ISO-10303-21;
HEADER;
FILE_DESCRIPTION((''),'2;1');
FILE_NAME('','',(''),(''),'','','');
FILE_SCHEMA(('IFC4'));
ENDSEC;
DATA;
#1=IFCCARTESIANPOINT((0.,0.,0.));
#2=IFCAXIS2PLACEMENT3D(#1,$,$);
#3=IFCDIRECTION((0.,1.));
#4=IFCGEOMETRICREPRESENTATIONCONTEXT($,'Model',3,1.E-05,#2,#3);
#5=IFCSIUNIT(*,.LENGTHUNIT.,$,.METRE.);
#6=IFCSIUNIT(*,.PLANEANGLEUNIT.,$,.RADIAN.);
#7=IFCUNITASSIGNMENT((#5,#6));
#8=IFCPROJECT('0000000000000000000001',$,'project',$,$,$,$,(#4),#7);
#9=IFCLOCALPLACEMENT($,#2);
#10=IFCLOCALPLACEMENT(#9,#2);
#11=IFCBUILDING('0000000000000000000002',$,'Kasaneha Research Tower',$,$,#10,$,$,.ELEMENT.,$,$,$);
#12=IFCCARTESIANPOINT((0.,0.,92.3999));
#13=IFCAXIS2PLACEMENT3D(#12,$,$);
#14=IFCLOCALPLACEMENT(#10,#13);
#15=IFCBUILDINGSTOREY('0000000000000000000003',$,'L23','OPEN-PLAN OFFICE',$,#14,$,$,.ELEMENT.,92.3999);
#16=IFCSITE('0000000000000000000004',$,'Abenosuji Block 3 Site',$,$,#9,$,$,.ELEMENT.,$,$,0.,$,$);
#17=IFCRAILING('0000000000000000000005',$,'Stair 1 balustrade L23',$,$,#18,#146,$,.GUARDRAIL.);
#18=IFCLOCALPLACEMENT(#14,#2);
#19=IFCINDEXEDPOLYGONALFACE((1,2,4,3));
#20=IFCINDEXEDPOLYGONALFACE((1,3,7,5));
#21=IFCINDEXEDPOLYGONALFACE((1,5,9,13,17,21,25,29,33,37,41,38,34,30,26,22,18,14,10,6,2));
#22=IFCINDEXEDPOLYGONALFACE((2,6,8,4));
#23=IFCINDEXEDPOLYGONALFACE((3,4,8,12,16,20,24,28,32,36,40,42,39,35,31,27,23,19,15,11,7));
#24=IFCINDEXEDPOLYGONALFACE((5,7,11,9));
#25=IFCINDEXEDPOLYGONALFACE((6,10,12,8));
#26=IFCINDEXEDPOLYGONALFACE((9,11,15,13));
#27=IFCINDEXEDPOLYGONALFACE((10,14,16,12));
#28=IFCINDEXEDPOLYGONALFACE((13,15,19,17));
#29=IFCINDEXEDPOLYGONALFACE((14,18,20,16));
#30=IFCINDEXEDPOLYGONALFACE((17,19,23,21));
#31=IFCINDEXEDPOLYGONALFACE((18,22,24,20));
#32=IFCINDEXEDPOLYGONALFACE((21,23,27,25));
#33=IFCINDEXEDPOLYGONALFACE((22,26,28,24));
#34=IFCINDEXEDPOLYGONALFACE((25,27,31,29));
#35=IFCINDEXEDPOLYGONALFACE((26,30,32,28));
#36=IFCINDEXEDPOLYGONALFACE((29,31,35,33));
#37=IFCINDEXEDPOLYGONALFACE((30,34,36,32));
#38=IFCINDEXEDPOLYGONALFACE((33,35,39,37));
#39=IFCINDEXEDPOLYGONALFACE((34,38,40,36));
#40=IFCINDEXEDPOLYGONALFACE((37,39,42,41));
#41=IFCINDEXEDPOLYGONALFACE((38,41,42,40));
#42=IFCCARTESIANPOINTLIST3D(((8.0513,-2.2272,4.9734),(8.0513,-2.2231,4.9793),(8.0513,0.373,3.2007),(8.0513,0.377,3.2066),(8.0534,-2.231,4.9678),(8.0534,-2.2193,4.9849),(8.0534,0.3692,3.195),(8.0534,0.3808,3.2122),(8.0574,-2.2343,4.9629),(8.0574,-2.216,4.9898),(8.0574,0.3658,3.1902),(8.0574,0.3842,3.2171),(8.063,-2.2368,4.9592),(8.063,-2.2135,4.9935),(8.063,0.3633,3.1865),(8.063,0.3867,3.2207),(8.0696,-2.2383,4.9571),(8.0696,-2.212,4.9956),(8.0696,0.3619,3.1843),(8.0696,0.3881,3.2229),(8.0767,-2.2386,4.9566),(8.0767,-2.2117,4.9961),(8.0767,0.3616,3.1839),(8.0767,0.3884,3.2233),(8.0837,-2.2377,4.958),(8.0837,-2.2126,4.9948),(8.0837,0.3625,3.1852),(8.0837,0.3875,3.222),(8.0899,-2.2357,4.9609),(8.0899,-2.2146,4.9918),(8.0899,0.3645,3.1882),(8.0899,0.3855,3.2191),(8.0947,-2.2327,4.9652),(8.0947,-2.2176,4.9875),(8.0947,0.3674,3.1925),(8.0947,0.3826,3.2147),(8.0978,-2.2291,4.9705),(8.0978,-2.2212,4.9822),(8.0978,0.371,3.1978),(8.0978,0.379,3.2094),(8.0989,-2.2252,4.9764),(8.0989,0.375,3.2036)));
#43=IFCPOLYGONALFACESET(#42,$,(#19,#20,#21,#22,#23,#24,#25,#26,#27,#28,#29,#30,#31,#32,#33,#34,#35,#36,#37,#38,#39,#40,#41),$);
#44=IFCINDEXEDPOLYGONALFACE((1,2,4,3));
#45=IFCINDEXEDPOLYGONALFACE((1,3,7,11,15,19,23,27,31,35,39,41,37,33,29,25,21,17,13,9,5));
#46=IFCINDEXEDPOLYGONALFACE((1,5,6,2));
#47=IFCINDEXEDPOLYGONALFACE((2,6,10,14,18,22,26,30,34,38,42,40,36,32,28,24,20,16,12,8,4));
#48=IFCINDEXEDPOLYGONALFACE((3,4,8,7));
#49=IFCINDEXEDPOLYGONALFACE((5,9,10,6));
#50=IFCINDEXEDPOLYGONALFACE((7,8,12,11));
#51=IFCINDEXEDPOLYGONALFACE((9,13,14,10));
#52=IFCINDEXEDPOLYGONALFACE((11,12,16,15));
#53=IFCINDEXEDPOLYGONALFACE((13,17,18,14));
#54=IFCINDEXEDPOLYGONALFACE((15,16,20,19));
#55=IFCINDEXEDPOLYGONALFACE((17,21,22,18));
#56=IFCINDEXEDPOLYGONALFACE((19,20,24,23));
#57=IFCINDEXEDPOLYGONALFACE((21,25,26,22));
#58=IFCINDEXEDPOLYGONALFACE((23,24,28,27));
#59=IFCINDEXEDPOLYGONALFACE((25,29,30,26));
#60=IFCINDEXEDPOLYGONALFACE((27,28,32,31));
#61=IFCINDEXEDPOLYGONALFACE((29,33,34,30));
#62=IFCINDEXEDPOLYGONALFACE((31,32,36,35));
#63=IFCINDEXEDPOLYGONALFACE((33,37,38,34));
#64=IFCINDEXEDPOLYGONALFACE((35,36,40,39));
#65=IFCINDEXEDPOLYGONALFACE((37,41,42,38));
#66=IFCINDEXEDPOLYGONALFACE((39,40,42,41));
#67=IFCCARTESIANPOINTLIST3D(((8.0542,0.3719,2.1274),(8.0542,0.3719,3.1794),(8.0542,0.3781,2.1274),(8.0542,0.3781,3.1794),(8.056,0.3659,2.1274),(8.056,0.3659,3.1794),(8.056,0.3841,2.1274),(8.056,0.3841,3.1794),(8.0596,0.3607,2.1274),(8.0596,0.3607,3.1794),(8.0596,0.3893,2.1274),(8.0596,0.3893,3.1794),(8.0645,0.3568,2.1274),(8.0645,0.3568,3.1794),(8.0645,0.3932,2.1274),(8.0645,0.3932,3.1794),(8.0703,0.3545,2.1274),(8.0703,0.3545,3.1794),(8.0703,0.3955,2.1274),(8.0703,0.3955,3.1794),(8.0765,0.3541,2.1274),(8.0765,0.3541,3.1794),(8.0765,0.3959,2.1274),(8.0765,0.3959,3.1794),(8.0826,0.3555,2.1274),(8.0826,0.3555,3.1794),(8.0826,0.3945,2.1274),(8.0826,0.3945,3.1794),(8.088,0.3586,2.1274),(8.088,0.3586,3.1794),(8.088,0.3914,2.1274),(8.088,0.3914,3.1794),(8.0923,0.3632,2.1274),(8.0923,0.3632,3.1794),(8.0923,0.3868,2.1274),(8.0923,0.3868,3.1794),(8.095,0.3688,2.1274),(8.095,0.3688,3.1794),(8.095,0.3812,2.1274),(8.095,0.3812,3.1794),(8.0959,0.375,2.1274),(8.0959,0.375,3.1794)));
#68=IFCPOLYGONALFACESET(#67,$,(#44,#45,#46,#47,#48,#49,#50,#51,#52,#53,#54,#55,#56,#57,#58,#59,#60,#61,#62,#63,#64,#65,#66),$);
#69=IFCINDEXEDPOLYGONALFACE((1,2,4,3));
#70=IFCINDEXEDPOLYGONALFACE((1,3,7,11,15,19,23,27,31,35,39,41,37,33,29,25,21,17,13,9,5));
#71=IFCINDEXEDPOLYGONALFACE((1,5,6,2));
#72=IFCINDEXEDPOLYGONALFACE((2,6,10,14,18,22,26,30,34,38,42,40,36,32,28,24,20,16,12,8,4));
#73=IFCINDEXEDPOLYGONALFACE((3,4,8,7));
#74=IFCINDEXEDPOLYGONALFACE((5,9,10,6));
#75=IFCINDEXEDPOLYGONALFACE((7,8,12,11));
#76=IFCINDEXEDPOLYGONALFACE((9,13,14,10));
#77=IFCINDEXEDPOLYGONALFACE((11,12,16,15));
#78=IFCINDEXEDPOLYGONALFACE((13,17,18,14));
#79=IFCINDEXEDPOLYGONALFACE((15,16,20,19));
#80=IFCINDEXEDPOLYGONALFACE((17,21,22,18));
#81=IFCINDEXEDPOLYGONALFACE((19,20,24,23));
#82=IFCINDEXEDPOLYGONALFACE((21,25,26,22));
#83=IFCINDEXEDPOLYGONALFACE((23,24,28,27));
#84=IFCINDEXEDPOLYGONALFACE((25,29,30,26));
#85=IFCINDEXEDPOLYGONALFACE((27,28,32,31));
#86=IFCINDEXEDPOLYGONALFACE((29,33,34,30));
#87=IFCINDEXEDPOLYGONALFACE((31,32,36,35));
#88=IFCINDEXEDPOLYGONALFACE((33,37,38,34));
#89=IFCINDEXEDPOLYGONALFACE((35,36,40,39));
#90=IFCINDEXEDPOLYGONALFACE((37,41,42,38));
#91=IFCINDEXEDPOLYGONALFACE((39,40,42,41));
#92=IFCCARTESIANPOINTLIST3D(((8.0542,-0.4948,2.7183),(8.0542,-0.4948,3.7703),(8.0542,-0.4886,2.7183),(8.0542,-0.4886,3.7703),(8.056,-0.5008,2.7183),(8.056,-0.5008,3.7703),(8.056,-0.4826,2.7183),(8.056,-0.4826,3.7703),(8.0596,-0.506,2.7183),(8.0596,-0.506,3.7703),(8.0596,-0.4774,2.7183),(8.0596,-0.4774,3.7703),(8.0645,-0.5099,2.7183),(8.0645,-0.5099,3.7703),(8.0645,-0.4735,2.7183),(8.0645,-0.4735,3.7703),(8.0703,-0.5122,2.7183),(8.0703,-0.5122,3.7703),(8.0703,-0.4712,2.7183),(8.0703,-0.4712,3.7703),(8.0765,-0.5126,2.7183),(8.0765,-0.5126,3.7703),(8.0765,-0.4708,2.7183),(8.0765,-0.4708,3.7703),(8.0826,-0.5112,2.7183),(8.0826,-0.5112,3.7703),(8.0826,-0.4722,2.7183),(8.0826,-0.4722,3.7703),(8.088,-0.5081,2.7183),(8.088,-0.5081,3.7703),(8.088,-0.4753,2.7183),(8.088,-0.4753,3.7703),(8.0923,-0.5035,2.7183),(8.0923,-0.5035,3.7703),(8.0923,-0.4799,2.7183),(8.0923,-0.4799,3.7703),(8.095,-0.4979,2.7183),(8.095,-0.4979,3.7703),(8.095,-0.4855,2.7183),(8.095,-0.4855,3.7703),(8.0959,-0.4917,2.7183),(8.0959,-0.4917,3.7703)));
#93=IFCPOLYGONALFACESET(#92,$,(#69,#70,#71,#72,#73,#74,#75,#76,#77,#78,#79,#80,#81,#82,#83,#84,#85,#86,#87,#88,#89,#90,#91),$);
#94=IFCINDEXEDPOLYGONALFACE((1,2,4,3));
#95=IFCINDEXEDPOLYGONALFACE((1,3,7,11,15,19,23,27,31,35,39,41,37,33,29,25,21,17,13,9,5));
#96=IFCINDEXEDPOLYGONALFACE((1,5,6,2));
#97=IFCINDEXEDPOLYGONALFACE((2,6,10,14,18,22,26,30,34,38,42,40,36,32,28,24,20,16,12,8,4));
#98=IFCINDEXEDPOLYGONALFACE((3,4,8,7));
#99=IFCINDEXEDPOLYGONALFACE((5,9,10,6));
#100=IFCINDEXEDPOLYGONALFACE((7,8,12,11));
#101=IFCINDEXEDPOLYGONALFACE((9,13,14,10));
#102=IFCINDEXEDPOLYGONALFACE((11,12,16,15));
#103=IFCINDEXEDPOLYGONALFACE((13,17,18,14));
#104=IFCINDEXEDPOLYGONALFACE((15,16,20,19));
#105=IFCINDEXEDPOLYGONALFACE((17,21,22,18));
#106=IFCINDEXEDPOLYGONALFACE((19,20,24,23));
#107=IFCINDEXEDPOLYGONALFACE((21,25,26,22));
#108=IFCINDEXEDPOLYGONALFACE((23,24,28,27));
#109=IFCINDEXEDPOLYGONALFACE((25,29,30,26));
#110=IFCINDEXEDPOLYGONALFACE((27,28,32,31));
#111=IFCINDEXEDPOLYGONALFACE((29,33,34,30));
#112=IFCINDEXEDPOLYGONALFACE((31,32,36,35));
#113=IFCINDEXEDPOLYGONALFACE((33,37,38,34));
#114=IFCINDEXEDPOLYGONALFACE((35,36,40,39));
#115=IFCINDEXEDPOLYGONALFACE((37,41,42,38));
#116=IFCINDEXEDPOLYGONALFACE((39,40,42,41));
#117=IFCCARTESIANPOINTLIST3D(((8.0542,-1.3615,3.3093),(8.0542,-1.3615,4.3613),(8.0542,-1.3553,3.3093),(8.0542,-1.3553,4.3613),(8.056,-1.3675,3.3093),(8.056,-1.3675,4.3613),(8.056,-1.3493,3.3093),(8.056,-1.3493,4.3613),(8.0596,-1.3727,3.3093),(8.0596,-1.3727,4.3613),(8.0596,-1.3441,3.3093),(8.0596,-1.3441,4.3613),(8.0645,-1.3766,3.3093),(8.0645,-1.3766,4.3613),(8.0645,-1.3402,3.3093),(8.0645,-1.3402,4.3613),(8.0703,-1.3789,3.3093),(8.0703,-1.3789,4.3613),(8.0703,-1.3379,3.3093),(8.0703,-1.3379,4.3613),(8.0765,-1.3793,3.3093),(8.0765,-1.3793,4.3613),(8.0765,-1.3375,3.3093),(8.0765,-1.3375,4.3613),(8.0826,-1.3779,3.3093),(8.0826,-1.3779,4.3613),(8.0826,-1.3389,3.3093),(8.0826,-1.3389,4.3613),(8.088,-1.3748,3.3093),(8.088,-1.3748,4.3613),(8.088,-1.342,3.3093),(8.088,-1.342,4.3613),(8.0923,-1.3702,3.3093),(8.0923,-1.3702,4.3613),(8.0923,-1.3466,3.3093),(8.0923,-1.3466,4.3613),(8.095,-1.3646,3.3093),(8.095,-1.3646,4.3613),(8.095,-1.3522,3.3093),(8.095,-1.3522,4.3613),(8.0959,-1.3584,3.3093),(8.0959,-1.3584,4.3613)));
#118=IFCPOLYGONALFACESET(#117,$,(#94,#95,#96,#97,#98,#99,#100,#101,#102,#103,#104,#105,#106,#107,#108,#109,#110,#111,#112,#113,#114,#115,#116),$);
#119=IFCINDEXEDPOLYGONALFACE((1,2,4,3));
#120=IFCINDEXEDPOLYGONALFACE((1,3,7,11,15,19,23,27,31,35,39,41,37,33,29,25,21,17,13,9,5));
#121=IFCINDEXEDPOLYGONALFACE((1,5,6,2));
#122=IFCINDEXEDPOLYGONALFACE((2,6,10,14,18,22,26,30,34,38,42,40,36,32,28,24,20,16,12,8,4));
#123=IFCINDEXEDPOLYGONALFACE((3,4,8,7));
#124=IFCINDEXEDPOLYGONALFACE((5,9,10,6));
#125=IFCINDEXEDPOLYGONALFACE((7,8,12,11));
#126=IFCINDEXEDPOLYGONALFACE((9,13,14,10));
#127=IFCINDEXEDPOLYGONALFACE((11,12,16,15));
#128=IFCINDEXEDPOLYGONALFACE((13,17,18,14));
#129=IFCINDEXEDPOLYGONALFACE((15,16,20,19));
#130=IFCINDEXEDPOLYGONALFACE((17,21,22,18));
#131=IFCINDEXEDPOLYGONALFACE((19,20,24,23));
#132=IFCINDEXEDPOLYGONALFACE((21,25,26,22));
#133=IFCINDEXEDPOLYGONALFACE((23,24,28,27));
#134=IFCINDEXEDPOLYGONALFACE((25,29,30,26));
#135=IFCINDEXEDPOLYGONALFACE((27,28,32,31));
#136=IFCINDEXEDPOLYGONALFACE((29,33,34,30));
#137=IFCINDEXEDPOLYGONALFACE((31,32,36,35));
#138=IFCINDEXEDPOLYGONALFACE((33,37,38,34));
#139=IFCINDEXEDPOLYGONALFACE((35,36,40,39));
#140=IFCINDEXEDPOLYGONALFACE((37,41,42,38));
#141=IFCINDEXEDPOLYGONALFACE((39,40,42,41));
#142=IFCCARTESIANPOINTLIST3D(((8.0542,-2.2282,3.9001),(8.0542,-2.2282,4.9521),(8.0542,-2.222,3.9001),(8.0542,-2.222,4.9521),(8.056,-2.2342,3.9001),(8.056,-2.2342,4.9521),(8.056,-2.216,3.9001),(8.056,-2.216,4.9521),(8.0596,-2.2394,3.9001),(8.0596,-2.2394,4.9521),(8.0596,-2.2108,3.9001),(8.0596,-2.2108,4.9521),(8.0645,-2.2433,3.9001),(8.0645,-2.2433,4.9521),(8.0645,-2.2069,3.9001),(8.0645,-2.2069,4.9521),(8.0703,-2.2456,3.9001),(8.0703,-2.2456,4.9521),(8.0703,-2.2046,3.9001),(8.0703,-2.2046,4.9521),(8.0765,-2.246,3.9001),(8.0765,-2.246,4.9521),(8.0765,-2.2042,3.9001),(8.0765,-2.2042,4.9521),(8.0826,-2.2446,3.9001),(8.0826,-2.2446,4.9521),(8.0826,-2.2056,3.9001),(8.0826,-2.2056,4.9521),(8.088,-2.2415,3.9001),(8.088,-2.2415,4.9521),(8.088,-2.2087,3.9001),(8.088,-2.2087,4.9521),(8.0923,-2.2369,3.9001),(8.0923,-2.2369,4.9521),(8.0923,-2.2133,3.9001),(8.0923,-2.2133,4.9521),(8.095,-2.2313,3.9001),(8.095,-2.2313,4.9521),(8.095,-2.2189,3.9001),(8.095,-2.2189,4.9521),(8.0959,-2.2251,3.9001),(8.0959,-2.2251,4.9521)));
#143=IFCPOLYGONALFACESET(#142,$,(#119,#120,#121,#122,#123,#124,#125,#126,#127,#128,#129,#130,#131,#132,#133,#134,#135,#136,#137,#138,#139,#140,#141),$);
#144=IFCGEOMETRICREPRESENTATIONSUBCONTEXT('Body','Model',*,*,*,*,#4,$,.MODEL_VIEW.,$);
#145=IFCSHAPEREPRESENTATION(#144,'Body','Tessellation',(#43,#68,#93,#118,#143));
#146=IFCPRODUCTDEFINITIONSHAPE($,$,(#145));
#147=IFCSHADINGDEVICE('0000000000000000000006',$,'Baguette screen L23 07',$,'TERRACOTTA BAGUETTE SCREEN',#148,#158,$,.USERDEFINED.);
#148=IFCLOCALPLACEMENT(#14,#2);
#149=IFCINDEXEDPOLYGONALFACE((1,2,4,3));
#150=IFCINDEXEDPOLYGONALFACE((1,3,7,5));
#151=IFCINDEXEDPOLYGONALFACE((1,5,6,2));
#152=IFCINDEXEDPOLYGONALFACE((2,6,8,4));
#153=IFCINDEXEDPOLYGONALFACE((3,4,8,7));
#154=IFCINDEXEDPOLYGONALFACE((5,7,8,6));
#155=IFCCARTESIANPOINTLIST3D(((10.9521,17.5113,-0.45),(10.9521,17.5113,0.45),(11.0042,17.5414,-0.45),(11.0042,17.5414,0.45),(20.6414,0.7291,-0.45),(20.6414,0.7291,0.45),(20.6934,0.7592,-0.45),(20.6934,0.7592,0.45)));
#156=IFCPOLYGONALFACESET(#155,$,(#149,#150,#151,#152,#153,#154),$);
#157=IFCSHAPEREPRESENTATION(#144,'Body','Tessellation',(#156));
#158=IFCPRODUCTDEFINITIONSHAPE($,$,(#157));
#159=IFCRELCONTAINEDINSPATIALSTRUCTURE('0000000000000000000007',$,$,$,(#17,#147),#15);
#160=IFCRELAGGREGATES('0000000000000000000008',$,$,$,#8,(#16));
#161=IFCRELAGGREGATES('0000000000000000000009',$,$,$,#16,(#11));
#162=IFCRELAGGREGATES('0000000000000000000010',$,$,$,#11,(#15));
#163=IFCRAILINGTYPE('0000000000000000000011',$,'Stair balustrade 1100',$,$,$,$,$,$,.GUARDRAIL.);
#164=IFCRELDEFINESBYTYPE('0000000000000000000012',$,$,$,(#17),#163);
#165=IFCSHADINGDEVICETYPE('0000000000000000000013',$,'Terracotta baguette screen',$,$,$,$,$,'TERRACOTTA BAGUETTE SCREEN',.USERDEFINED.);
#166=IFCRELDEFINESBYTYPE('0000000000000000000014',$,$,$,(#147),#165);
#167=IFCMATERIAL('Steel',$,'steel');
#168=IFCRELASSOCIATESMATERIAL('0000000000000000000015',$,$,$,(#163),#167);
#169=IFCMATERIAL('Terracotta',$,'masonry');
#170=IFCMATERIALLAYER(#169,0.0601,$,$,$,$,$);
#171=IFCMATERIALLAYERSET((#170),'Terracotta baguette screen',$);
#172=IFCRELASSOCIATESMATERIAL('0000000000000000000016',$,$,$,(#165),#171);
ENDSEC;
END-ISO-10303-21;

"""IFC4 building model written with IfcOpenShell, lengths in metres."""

from ifc_helpers import new_model, si_unit, direction, frame, origin, origin_2d, place, context, subcontext, project, spatial, rectangle, circle, extrude, material, layer, layer_set, type_object, element, save


model = new_model("IFC4")

# Units and contexts
model_context = context("Model", 3, precision=1e-05, world=origin(), true_north=direction((0.0, 1.0)))
body_context = subcontext(model_context, "Body", "Model", "MODEL_VIEW")
ifc_project = project(units=[si_unit("LENGTHUNIT", "METRE"), si_unit("PLANEANGLEUNIT", "RADIAN")], contexts=[model_context])

# Site, building, storey
site_placement = place(None, origin())
site = spatial("IfcSite", under=ifc_project, at=site_placement, Name="Abenosuji Block 3 Site", CompositionType="ELEMENT", RefElevation=0.0)
building_placement = place(site_placement, origin())
building = spatial("IfcBuilding", under=site, at=building_placement, Name="Kasaneha Research Tower", CompositionType="ELEMENT")
storey_placement = place(building_placement, frame((0.0, 0.0, 92.3999)))
storey = spatial("IfcBuildingStorey", under=building, at=storey_placement, Name="L23", Description="OPEN-PLAN OFFICE", CompositionType="ELEMENT", Elevation=92.3999)

# Railing
ifc_material_1 = material(Name="Steel", Category="steel")
railing_type = type_object("IfcRailingType", Name="Stair balustrade 1100", PredefinedType="GUARDRAIL", material=ifc_material_1)
railing_placement = place(storey_placement, frame((8.075, 0.375, 2.1274)))
element("IfcRailing", 1, at=railing_placement, inside=storey, type_object=railing_type, Name="Stair 1 balustrade L23", PredefinedType="GUARDRAIL", context=body_context, shape_type="SweptSolid", body=[
    extrude(circle(Radius=0.0239, at=origin_2d()), frame((0.0, 0.0, 1.0762), z_axis=(0.0, -0.82624, 0.563318), x_axis=(1.0, 0.0, 0.0)), (0.0, 0.0, 1.0), 3.147),
    extrude(circle(Radius=0.021, at=origin_2d()), origin(), (0.0, 0.0, 1.0), 1.052),
    extrude(circle(Radius=0.021, at=origin_2d()), frame((0.0, -0.8667, 0.5908)), (0.0, 0.0, 1.0), 1.052),
    extrude(circle(Radius=0.021, at=origin_2d()), frame((0.0, -1.7334, 1.1819)), (0.0, 0.0, 1.0), 1.052),
    extrude(circle(Radius=0.021, at=origin_2d()), frame((0.0, -2.6001, 1.7727)), (0.0, 0.0, 1.0), 1.052),
])

# Shading device
ifc_material_2 = material(Name="Terracotta", Category="masonry")
ifc_layer_1 = layer(ifc_material_2, 0.0601)
ifc_layer_set_1 = layer_set([ifc_layer_1], Name="Terracotta baguette screen")
shading_device_type = type_object("IfcShadingDeviceType", Name="Terracotta baguette screen", ElementType="TERRACOTTA BAGUETTE SCREEN", PredefinedType="USERDEFINED", material=ifc_layer_set_1)
shading_device_placement = place(storey_placement, frame((15.8228, 9.1353, -0.45), z_axis=(0.0, 0.0, 1.0), x_axis=(-0.5, 0.866025, 0.0)))
element("IfcShadingDevice", 2, at=shading_device_placement, inside=storey, type_object=shading_device_type, Name="Baguette screen L23 07", ObjectType="TERRACOTTA BAGUETTE SCREEN", PredefinedType="USERDEFINED", context=body_context, shape_type="SweptSolid", body=[
    extrude(rectangle(XDim=19.3784, YDim=0.0601, at=origin_2d()), origin(), (0.0, 0.0, 1.0), 0.8999),
])

save(model, "model.ifc")
